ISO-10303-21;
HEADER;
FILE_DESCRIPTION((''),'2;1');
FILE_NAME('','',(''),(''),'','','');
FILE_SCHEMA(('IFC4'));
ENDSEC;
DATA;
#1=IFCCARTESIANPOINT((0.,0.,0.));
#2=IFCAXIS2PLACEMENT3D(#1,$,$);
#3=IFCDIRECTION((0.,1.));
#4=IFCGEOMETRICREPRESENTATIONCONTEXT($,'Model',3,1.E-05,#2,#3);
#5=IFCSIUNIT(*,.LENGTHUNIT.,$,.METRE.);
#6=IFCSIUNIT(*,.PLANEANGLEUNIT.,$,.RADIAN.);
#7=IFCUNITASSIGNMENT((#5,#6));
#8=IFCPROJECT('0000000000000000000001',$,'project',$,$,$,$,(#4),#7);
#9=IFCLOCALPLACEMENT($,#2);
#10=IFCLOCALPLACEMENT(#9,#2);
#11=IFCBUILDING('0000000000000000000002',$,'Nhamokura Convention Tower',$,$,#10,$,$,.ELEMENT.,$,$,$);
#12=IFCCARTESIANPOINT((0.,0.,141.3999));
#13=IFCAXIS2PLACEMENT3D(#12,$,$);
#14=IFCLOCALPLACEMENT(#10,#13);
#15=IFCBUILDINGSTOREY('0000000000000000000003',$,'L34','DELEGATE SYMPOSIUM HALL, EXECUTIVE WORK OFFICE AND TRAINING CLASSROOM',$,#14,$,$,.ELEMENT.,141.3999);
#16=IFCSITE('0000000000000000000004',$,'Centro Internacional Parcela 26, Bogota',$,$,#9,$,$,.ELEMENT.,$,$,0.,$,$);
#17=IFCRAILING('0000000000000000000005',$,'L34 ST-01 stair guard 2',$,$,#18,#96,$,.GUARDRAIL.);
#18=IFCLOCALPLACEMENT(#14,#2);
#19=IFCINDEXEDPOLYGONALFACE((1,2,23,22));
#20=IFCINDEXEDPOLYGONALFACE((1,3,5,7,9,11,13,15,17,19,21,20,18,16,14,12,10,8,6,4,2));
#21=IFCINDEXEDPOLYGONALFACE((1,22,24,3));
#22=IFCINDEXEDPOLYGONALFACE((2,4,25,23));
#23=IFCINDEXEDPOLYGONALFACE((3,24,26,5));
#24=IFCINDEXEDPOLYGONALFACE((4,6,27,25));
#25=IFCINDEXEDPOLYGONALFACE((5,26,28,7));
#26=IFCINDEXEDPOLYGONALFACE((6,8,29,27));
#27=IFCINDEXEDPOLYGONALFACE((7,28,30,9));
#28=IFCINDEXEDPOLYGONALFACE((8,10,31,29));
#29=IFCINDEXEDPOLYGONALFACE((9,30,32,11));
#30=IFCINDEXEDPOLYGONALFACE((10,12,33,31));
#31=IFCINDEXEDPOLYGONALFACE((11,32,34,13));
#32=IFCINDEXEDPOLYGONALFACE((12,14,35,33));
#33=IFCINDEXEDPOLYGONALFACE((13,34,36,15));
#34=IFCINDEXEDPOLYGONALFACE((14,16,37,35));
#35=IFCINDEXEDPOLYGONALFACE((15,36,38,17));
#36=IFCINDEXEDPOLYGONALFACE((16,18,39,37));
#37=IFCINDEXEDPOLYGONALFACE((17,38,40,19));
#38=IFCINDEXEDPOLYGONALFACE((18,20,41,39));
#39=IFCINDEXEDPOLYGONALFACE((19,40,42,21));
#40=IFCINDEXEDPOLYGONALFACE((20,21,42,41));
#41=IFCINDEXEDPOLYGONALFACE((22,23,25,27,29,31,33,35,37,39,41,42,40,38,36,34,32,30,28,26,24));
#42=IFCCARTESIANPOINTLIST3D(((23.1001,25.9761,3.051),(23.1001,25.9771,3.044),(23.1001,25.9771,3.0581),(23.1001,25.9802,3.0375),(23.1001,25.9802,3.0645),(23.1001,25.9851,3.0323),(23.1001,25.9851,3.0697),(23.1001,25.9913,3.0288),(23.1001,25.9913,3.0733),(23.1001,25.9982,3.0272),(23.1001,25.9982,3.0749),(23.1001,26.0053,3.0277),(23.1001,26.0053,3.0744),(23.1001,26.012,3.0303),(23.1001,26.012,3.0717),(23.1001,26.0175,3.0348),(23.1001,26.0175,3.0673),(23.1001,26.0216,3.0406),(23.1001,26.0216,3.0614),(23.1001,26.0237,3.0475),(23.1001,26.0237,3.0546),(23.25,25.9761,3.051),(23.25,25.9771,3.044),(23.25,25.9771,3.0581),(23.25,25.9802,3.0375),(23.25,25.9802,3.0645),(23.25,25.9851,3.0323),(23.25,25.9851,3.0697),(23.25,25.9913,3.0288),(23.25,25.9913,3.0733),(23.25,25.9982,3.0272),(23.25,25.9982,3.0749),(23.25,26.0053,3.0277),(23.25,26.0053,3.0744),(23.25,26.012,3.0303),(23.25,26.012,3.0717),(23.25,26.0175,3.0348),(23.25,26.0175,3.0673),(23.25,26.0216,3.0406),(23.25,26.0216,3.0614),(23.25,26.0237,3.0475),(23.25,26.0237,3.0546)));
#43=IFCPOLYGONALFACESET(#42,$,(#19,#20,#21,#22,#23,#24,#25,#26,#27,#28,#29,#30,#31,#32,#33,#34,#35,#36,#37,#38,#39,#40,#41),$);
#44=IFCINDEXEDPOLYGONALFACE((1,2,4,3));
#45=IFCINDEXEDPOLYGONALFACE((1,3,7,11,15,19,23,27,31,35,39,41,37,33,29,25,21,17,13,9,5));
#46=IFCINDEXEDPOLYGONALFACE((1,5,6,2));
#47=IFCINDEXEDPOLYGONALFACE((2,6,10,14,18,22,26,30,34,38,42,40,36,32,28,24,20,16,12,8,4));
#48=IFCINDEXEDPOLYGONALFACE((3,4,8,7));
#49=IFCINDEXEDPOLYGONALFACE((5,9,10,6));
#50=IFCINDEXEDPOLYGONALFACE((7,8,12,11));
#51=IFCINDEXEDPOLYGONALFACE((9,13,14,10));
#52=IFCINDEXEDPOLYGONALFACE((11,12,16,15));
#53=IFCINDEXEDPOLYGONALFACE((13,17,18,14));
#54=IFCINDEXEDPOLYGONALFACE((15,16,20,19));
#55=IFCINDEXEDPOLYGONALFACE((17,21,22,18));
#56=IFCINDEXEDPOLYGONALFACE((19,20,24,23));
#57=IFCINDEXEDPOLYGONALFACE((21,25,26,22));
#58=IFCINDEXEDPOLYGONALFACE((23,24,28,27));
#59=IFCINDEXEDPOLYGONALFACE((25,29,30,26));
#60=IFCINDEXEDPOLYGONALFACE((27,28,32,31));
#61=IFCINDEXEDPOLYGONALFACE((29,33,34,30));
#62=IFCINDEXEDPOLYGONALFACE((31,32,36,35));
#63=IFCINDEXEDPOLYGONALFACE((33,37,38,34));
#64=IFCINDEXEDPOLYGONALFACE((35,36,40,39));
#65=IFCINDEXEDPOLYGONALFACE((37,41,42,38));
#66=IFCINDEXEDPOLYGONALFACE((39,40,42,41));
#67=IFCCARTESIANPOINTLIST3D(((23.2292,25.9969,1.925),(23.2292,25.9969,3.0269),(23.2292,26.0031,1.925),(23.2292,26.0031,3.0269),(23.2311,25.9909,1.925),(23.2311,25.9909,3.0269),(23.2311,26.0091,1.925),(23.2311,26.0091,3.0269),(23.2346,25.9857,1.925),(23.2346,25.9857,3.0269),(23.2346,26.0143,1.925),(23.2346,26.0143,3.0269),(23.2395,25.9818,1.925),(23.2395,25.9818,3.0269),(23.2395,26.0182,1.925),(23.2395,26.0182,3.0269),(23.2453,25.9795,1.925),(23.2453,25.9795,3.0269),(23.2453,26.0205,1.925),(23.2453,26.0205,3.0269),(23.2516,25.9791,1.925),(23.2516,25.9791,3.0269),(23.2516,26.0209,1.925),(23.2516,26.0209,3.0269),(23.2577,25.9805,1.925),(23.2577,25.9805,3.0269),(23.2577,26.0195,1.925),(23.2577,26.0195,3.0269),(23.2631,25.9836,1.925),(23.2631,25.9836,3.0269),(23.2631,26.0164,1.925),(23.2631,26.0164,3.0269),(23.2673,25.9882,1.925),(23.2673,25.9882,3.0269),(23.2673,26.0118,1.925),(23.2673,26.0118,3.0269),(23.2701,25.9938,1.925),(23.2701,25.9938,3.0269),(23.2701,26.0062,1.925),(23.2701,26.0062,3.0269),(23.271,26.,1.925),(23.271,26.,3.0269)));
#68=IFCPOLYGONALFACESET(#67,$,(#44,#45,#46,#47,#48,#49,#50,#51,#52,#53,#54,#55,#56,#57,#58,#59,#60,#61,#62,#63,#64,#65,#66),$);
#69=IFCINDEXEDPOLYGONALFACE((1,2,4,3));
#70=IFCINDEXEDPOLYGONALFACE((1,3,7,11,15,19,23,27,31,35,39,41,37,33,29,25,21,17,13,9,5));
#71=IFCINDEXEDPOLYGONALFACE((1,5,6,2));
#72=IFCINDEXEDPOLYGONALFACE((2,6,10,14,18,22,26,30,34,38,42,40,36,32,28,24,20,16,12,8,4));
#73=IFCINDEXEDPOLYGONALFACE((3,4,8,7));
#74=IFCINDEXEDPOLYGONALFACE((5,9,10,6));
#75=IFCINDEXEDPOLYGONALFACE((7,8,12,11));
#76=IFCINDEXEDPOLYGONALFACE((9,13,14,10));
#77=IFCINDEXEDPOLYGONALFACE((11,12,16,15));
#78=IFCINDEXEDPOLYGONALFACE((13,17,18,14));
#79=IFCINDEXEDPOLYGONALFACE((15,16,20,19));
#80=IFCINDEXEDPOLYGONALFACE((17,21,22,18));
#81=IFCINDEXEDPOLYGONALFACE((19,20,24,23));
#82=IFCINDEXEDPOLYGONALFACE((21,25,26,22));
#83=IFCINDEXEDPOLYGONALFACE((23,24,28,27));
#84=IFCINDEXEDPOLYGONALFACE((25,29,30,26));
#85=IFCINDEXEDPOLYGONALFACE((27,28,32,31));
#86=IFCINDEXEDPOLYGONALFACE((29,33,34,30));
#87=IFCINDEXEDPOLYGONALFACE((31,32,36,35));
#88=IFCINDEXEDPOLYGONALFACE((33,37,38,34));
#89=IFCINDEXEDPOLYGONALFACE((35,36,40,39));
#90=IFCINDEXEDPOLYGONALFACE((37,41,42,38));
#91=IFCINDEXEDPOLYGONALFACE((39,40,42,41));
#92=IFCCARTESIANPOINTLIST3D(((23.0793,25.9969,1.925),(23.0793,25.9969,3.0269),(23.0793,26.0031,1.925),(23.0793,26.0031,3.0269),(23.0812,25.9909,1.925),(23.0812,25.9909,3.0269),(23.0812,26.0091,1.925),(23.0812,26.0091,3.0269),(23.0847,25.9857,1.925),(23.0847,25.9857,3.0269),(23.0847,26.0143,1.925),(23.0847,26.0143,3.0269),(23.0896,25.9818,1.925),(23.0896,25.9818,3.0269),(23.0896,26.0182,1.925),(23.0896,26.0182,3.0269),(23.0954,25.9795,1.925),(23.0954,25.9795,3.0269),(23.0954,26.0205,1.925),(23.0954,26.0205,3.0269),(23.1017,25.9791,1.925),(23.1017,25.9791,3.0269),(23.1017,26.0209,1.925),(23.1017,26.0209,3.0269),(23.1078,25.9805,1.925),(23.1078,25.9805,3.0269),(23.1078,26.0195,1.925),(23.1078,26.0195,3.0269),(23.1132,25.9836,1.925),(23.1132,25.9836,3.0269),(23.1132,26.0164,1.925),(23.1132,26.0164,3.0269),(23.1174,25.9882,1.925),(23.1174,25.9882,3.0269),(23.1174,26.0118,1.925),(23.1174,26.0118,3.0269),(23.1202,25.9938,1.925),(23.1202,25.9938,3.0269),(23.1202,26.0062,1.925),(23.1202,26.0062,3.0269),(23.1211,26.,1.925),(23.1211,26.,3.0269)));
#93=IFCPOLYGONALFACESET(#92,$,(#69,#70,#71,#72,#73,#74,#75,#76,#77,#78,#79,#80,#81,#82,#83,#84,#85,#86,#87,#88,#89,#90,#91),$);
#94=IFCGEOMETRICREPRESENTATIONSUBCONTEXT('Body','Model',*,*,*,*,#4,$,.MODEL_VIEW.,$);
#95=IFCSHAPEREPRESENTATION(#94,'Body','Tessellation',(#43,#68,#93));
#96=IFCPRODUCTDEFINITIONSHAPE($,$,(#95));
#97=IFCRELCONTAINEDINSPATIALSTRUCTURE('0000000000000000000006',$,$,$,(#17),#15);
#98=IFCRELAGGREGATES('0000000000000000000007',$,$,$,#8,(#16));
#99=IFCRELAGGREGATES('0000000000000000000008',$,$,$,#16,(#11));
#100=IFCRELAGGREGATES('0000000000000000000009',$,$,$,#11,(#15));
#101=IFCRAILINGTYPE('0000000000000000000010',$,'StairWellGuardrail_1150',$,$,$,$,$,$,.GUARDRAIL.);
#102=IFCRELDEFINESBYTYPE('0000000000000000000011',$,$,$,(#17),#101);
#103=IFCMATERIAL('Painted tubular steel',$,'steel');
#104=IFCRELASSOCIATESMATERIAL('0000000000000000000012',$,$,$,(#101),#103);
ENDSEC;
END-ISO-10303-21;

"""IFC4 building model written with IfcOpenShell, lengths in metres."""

from ifc_helpers import new_model, si_unit, direction, frame, origin, origin_2d, place, context, subcontext, project, spatial, circle, extrude, material, type_object, element, save


model = new_model("IFC4")

# Units and contexts
model_context = context("Model", 3, precision=1e-05, world=origin(), true_north=direction((0.0, 1.0)))
body_context = subcontext(model_context, "Body", "Model", "MODEL_VIEW")
ifc_project = project(units=[si_unit("LENGTHUNIT", "METRE"), si_unit("PLANEANGLEUNIT", "RADIAN")], contexts=[model_context])

# Site, building, storey
site_placement = place(None, origin())
site = spatial("IfcSite", under=ifc_project, at=site_placement, Name="Centro Internacional Parcela 26, Bogota", CompositionType="ELEMENT", RefElevation=0.0)
building_placement = place(site_placement, origin())
building = spatial("IfcBuilding", under=site, at=building_placement, Name="Nhamokura Convention Tower", CompositionType="ELEMENT")
storey_placement = place(building_placement, frame((0.0, 0.0, 141.3999)))
storey = spatial("IfcBuildingStorey", under=building, at=storey_placement, Name="L34", Description="DELEGATE SYMPOSIUM HALL, EXECUTIVE WORK OFFICE AND TRAINING CLASSROOM", CompositionType="ELEMENT", Elevation=141.3999)

# Railing
ifc_material_1 = material(Name="Painted tubular steel", Category="steel")
railing_type_1 = type_object("IfcRailingType", Name="StairWellGuardrail_1150", PredefinedType="GUARDRAIL", material=ifc_material_1)
railing_1_placement = place(storey_placement, frame((23.25, 26.0, 1.925)))
element("IfcRailing", 1, at=railing_1_placement, inside=storey, type_object=railing_type_1, Name="L34 ST-01 stair guard 2", PredefinedType="GUARDRAIL", context=body_context, shape_type="SweptSolid", body=[
    extrude(circle(Radius=0.0239, at=origin_2d()), frame((0.0, 0.0, 1.126), z_axis=(-1.0, 0.0, 0.0), x_axis=(0.0, -1.0, 0.0)), (0.0, 0.0, 1.0), 0.1499),
    extrude(circle(Radius=0.021, at=origin_2d()), origin(), (0.0, 0.0, 1.0), 1.1018),
    extrude(circle(Radius=0.021, at=origin_2d()), frame((-0.1499, 0.0, 0.0)), (0.0, 0.0, 1.0), 1.1018),
])

save(model, "model.ifc")
